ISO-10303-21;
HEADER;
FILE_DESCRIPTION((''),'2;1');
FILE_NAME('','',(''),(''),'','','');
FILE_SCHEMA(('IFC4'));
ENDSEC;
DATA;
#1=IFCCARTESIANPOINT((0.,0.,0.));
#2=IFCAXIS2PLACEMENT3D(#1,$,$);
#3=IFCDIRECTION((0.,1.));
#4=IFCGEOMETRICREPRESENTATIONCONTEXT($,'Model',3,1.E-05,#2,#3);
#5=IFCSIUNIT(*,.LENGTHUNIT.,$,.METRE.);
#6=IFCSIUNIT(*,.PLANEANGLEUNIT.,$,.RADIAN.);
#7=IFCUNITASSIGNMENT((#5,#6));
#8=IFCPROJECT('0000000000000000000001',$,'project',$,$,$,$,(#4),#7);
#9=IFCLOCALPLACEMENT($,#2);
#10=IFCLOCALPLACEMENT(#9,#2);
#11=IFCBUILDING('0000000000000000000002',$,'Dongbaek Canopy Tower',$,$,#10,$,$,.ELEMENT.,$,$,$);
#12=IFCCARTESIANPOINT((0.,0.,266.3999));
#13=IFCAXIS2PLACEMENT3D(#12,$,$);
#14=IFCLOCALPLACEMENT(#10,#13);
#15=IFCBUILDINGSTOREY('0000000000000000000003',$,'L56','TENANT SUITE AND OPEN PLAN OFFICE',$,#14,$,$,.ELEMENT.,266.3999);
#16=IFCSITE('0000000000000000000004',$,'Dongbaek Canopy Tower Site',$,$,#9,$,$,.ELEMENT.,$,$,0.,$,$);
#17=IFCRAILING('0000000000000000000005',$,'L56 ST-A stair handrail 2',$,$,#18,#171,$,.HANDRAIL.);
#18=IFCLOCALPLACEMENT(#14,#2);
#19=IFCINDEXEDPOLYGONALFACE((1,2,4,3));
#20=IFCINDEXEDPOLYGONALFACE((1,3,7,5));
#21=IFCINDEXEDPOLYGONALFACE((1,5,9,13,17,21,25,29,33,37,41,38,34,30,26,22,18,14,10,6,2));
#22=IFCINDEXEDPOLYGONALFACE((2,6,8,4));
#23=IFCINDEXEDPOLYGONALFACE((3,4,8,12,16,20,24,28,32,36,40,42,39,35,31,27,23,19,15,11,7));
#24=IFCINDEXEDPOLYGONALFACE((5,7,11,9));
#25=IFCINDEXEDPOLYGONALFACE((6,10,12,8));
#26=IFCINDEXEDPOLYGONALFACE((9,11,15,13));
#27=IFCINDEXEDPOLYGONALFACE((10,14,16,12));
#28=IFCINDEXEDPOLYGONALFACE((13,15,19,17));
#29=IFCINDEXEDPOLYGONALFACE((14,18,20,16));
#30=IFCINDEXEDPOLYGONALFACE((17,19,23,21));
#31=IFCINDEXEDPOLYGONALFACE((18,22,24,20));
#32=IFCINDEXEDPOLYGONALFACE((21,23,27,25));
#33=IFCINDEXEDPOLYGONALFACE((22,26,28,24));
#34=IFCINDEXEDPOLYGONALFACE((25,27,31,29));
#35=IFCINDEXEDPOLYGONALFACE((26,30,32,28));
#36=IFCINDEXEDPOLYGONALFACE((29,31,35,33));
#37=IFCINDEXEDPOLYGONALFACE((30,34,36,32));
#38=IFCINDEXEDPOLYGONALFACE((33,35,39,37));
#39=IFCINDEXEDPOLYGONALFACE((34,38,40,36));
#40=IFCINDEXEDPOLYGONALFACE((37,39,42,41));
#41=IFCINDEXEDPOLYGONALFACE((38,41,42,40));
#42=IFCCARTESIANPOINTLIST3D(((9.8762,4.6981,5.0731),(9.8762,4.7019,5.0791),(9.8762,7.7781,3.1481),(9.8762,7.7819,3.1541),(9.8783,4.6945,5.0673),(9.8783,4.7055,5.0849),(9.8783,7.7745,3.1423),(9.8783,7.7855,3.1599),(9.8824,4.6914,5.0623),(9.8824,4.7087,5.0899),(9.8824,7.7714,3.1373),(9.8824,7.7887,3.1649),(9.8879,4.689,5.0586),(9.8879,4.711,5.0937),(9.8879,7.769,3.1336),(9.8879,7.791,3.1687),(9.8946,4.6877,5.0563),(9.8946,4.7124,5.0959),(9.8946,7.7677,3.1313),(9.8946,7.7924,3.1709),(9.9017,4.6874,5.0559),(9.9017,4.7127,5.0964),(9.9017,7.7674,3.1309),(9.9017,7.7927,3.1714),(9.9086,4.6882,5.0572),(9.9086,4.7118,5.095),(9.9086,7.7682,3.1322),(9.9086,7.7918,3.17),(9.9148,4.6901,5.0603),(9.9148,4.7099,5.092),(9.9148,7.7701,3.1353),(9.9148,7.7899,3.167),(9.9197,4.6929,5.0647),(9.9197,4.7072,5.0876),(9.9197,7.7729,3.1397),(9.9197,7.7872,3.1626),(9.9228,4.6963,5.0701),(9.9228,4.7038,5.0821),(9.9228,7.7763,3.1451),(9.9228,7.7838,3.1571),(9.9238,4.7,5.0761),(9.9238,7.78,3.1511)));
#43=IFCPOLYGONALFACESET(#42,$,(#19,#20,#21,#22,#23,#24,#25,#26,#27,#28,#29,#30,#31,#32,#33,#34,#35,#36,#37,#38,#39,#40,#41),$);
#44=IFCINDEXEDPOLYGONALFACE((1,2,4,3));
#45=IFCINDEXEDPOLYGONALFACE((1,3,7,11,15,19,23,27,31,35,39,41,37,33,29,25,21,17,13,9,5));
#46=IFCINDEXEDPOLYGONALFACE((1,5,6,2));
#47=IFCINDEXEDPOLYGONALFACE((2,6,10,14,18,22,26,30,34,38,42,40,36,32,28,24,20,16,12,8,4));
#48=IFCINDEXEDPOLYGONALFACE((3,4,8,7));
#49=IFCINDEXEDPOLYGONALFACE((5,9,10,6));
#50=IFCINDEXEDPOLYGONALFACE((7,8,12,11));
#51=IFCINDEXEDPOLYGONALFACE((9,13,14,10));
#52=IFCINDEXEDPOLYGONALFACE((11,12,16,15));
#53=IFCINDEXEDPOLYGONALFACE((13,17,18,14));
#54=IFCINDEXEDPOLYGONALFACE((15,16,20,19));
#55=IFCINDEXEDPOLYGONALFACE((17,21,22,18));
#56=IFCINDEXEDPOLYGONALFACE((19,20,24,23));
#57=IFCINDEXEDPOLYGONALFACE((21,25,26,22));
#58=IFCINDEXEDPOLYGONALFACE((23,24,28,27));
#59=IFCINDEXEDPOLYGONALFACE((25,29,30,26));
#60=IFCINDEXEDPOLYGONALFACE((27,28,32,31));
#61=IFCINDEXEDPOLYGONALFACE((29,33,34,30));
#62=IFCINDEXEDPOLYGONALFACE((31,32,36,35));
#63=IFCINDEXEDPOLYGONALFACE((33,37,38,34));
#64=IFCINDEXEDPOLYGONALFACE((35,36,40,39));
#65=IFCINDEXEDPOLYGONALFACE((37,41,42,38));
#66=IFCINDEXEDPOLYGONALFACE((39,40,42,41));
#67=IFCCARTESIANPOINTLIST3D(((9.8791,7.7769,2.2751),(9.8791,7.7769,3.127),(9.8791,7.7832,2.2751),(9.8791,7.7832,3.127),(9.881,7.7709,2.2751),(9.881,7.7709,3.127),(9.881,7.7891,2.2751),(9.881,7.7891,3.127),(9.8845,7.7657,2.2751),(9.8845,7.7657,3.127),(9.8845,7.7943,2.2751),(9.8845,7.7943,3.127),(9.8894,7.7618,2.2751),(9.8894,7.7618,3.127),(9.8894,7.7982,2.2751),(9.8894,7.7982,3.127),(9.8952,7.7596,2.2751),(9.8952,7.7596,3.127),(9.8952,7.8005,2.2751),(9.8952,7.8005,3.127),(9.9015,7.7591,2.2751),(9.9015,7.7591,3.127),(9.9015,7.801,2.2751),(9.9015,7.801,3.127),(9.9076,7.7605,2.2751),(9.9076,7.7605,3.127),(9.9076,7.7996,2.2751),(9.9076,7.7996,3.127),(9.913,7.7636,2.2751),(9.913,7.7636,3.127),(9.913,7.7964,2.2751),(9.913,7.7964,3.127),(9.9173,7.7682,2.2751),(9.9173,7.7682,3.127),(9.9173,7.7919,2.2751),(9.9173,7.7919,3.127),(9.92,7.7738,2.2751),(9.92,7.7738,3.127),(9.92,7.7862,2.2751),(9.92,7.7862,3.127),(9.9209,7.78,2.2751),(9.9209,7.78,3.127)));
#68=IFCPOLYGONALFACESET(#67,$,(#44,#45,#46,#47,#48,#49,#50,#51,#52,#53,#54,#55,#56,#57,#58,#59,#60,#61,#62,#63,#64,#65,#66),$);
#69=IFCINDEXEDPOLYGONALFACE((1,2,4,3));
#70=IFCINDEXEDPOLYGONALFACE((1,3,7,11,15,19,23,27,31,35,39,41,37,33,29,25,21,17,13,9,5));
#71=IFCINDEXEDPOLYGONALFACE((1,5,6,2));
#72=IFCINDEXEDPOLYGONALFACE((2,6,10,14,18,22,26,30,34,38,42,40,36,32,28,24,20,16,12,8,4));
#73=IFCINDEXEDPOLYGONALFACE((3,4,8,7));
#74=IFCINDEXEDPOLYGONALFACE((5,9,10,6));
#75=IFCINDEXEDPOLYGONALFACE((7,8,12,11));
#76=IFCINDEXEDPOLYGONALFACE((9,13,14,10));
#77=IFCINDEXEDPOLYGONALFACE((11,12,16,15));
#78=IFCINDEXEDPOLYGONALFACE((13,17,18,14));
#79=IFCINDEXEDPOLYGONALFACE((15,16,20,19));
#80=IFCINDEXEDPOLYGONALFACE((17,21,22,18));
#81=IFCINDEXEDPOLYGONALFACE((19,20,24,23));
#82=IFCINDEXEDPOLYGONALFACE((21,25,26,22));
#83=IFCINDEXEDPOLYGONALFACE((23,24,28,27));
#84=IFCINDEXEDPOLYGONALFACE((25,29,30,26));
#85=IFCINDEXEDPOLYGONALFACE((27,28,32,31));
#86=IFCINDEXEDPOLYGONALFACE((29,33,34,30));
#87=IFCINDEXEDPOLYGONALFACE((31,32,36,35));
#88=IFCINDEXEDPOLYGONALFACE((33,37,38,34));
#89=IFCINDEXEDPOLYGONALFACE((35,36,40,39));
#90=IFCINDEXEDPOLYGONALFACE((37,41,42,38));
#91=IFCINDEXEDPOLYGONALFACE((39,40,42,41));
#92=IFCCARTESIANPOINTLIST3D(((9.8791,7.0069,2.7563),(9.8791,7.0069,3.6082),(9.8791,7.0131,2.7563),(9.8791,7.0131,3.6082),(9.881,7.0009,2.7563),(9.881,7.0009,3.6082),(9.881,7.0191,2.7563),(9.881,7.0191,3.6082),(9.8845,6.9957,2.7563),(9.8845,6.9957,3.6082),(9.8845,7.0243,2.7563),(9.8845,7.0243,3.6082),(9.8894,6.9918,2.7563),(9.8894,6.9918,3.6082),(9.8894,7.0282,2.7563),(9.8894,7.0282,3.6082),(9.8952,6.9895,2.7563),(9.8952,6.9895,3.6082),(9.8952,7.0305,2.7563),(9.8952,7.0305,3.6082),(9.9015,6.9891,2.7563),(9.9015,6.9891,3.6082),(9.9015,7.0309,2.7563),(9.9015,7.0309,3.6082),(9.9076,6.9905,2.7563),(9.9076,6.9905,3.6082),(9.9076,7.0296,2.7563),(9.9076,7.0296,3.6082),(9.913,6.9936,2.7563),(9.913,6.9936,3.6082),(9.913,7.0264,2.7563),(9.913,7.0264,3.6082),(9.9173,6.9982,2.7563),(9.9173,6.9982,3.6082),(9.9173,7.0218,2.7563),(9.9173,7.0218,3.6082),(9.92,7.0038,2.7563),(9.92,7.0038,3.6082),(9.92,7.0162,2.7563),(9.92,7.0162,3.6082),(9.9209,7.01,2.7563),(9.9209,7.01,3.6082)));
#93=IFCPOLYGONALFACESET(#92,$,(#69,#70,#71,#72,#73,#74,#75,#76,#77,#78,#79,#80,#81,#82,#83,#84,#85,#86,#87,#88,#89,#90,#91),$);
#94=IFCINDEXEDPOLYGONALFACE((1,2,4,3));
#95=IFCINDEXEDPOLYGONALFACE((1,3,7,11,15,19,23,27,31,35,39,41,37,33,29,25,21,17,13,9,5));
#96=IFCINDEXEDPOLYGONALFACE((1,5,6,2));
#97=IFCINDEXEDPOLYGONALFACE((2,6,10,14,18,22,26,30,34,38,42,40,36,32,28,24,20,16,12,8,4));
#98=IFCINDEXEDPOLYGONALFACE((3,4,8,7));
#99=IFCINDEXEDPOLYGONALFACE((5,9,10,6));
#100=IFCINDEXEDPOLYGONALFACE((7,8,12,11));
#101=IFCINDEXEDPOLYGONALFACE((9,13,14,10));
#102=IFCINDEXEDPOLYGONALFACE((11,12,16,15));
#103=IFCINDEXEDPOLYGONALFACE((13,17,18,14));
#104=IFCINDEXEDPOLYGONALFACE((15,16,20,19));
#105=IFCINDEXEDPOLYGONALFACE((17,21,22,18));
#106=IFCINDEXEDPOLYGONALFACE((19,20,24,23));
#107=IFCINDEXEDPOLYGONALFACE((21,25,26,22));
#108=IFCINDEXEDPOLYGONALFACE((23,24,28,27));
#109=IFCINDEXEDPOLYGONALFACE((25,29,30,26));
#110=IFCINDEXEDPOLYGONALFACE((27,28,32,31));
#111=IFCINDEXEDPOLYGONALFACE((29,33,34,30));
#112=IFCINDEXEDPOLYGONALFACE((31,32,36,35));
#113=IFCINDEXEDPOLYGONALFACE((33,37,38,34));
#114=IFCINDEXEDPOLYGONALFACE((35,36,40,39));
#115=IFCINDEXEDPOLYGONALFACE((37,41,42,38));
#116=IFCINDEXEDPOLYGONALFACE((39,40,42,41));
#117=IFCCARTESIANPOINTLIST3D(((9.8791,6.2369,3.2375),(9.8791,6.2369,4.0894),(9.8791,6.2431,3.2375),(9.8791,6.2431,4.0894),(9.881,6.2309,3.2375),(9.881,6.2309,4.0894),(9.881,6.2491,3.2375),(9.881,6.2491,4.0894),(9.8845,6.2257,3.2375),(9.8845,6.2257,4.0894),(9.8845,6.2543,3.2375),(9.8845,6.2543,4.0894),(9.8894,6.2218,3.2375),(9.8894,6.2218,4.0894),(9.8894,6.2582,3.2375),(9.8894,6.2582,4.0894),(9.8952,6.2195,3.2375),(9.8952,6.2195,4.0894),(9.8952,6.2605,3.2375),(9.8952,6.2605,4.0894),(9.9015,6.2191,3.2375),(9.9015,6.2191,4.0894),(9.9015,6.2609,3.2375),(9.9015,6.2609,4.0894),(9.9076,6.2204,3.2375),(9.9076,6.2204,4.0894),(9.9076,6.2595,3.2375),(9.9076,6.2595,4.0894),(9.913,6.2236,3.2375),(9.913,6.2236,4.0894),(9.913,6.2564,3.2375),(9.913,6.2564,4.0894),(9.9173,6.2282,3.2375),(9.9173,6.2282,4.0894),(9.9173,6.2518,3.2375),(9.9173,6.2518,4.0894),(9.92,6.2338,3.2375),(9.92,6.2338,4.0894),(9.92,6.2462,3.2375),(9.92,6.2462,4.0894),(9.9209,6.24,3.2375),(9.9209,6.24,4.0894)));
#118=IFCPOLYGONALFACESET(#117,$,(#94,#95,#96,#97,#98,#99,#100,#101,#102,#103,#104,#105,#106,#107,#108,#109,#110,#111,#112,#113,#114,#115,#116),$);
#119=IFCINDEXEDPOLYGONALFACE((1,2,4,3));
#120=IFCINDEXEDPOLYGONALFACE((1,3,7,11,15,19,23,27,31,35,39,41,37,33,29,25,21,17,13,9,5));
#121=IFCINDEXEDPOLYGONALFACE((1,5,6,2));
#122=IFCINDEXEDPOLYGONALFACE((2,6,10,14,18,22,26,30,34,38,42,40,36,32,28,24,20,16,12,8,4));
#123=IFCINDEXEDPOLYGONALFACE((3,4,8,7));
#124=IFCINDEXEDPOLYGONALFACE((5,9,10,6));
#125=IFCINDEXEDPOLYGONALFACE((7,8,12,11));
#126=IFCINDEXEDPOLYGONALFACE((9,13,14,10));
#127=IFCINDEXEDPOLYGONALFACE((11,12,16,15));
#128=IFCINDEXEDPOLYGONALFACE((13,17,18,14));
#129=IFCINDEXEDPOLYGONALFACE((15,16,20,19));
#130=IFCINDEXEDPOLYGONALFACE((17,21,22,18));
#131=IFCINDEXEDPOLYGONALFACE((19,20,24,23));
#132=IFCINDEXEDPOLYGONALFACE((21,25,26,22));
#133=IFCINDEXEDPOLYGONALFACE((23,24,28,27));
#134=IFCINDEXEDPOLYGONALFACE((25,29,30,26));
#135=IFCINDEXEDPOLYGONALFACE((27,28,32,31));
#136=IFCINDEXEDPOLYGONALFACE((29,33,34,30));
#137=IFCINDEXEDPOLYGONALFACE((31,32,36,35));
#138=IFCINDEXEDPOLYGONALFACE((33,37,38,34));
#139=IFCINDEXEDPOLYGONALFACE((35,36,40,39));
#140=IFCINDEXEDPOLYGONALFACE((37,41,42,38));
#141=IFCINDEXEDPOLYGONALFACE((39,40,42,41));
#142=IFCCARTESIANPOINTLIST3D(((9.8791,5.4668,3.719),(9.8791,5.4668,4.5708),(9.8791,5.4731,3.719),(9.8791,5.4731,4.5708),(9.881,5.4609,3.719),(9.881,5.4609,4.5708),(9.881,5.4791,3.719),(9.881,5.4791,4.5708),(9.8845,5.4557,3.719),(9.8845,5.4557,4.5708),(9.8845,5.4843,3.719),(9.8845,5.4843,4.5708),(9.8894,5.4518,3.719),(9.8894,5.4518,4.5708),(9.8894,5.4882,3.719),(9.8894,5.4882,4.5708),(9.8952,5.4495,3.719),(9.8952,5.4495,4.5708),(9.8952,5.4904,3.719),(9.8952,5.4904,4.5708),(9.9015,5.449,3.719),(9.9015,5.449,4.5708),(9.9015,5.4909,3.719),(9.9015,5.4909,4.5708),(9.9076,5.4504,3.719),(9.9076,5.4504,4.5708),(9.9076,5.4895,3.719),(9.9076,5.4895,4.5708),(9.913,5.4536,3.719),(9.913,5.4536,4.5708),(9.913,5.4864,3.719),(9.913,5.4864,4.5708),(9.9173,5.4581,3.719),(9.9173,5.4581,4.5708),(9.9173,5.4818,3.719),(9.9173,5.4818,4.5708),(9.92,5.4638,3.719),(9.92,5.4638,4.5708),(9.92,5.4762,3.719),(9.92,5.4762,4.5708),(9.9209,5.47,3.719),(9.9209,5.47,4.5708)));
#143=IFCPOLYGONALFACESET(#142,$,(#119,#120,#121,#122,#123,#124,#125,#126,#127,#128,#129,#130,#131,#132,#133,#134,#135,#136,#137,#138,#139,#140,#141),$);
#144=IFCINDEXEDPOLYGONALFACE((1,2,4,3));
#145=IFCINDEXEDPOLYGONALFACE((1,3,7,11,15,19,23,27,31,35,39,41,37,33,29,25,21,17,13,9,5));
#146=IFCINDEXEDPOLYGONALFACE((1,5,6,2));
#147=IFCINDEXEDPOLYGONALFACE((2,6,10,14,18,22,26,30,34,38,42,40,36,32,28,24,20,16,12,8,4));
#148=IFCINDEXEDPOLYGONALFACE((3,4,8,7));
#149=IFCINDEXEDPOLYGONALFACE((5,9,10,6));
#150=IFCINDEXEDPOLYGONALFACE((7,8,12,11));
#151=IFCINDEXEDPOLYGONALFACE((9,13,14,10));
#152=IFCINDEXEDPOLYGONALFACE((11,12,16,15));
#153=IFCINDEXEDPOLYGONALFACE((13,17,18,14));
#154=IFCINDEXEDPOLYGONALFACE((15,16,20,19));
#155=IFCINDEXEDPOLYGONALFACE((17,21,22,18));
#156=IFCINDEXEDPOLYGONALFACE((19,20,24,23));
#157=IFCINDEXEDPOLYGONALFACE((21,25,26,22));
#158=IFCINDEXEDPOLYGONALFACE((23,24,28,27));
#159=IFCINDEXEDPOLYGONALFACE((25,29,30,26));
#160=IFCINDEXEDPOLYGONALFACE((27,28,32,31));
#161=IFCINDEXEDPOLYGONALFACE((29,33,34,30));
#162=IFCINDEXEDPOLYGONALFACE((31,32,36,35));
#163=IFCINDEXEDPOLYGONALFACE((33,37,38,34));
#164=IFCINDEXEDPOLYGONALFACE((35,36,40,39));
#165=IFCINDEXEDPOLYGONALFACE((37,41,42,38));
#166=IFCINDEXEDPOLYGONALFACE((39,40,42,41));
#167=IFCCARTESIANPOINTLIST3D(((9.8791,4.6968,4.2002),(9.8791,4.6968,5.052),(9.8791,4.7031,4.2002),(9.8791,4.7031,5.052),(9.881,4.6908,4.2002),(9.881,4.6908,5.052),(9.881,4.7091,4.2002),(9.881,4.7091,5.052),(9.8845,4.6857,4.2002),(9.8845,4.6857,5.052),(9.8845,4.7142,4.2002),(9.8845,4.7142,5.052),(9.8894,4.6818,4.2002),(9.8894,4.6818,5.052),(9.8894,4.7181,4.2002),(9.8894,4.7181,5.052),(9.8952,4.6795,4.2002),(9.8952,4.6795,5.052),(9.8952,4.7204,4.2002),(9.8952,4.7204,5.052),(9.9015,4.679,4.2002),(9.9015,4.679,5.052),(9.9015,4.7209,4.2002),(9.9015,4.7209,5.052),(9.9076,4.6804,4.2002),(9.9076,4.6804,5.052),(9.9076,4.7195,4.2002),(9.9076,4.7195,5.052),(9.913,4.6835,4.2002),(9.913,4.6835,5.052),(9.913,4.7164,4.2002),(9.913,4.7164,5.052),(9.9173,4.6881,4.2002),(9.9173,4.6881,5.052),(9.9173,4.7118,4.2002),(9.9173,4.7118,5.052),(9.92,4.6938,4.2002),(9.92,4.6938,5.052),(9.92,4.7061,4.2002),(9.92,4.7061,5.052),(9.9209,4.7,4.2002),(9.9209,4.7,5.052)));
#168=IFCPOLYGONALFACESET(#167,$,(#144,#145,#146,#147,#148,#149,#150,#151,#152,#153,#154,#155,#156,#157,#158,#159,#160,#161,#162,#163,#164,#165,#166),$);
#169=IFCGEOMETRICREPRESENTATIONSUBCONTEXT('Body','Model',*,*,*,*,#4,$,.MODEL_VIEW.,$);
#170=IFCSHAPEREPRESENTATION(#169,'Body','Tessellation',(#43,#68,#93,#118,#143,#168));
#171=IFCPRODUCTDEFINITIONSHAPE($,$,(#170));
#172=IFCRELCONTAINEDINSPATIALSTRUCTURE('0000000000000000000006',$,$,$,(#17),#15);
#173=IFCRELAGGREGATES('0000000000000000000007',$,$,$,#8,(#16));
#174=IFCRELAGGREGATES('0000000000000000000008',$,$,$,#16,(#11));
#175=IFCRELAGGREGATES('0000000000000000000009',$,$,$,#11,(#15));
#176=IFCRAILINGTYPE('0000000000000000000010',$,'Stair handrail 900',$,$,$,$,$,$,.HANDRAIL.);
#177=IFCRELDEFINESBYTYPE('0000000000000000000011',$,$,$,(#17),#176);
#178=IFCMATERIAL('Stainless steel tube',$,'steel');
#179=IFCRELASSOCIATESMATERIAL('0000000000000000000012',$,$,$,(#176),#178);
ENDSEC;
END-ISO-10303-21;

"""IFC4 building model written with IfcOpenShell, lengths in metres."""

from ifc_helpers import new_model, si_unit, direction, frame, origin, origin_2d, place, context, subcontext, project, spatial, circle, extrude, material, type_object, element, save


model = new_model("IFC4")

# Units and contexts
model_context = context("Model", 3, precision=1e-05, world=origin(), true_north=direction((0.0, 1.0)))
body_context = subcontext(model_context, "Body", "Model", "MODEL_VIEW")
ifc_project = project(units=[si_unit("LENGTHUNIT", "METRE"), si_unit("PLANEANGLEUNIT", "RADIAN")], contexts=[model_context])

# Site, building, storey
site_placement = place(None, origin())
site = spatial("IfcSite", under=ifc_project, at=site_placement, Name="Dongbaek Canopy Tower Site", CompositionType="ELEMENT", RefElevation=0.0)
building_placement = place(site_placement, origin())
building = spatial("IfcBuilding", under=site, at=building_placement, Name="Dongbaek Canopy Tower", CompositionType="ELEMENT")
storey_placement = place(building_placement, frame((0.0, 0.0, 266.3999)))
storey = spatial("IfcBuildingStorey", under=building, at=storey_placement, Name="L56", Description="TENANT SUITE AND OPEN PLAN OFFICE", CompositionType="ELEMENT", Elevation=266.3999)

# Railing
ifc_material_1 = material(Name="Stainless steel tube", Category="steel")
railing_type_1 = type_object("IfcRailingType", Name="Stair handrail 900", PredefinedType="HANDRAIL", material=ifc_material_1)
railing_1_placement = place(storey_placement, frame((9.8999, 7.78, 2.2751)))
element("IfcRailing", 1, at=railing_1_placement, inside=storey, type_object=railing_type_1, Name="L56 ST-A stair handrail 2", PredefinedType="HANDRAIL", context=body_context, shape_type="SweptSolid", body=[
    extrude(circle(Radius=0.0239, at=origin_2d()), frame((0.0, 0.0, 0.876), z_axis=(0.0, -0.847998, 0.529999), x_axis=(1.0, 0.0, 0.0)), (0.0, 0.0, 1.0), 3.6321),
    extrude(circle(Radius=0.021, at=origin_2d()), origin(), (0.0, 0.0, 1.0), 0.8518),
    extrude(circle(Radius=0.021, at=origin_2d()), frame((0.0, -0.77, 0.4812)), (0.0, 0.0, 1.0), 0.8518),
    extrude(circle(Radius=0.021, at=origin_2d()), frame((0.0, -1.54, 0.9624)), (0.0, 0.0, 1.0), 0.8518),
    extrude(circle(Radius=0.021, at=origin_2d()), frame((0.0, -2.3101, 1.4438)), (0.0, 0.0, 1.0), 0.8518),
    extrude(circle(Radius=0.021, at=origin_2d()), frame((0.0, -3.0801, 1.925)), (0.0, 0.0, 1.0), 0.8518),
])

save(model, "model.ifc")
